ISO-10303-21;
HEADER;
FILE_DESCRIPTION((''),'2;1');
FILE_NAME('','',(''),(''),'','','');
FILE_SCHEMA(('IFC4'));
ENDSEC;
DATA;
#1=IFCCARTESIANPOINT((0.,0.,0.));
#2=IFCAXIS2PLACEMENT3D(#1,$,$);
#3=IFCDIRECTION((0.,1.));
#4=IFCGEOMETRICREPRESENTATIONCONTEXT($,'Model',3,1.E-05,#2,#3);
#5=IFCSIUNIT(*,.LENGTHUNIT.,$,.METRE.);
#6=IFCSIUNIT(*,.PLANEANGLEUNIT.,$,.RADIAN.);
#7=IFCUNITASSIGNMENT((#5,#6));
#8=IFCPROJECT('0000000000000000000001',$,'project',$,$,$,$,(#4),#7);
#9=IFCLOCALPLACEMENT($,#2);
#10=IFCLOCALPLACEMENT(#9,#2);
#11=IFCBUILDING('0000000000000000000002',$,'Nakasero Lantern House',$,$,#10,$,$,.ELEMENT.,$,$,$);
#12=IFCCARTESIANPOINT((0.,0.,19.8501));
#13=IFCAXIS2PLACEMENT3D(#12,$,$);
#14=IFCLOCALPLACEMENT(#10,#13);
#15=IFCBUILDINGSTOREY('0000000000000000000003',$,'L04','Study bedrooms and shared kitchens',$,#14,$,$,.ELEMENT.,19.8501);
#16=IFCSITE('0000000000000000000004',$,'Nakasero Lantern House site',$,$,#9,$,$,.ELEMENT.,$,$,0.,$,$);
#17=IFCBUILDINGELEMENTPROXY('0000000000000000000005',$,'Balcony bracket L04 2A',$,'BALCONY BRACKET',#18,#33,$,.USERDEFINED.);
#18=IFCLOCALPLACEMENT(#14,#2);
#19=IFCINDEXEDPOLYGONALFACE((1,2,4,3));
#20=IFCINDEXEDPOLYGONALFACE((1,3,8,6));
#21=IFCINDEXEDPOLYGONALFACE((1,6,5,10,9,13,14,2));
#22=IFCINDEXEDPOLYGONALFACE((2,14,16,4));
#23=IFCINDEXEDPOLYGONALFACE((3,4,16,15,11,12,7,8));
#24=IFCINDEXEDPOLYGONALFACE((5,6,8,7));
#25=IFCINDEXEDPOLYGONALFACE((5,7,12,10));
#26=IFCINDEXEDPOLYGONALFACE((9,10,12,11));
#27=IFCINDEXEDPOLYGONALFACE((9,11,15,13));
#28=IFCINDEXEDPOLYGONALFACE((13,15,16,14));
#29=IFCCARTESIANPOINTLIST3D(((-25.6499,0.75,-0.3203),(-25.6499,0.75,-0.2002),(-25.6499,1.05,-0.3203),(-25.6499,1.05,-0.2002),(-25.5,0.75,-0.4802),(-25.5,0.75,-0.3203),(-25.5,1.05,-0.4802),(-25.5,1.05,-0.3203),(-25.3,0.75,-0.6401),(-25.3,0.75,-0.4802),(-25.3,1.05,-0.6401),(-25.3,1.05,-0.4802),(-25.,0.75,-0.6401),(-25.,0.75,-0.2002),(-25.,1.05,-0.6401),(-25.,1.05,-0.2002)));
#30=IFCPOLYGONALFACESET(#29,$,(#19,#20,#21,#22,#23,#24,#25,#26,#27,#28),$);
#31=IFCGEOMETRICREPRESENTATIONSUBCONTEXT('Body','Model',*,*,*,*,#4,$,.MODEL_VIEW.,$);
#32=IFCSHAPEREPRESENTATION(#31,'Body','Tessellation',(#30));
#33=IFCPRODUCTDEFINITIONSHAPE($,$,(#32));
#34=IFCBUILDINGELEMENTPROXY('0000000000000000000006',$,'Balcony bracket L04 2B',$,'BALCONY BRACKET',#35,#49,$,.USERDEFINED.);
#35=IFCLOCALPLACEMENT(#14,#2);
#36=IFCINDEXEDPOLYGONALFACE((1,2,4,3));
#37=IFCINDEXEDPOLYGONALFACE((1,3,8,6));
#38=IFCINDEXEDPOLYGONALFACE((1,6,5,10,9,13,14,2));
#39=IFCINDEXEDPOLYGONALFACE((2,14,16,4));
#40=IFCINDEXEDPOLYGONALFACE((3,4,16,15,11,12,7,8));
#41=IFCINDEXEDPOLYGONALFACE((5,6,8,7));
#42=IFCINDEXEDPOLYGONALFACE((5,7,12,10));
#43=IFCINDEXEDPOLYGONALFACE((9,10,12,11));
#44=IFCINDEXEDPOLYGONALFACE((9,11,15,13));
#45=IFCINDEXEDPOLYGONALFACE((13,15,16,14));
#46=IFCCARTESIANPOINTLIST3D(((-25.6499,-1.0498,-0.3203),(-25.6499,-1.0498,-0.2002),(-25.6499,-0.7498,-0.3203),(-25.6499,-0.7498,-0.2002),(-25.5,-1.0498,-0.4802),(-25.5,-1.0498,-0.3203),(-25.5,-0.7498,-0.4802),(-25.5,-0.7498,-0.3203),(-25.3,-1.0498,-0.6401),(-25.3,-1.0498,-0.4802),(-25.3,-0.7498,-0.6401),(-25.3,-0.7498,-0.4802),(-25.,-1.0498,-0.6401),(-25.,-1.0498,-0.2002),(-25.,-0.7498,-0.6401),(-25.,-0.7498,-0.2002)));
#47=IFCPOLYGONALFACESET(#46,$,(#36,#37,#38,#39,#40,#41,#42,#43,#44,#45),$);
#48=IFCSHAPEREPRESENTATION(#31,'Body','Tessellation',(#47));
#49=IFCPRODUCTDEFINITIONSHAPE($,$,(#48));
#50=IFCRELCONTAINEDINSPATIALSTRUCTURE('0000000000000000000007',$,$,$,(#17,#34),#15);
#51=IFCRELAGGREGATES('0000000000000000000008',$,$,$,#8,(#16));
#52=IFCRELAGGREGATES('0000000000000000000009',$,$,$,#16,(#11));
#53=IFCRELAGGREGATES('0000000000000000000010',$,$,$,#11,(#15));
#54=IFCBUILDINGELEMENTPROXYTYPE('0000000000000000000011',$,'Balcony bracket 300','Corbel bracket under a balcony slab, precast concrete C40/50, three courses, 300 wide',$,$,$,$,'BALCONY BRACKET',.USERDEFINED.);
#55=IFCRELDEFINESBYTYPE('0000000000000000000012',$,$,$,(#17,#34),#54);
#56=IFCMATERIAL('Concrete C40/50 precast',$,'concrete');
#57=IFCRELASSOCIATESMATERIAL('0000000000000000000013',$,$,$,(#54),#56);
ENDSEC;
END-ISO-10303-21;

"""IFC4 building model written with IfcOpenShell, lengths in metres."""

from ifc_helpers import new_model, si_unit, direction, frame, origin, place, context, subcontext, project, spatial, polyline, outline, extrude, material, type_object, element, save


model = new_model("IFC4")

# Units and contexts
model_context = context("Model", 3, precision=1e-05, world=origin(), true_north=direction((0.0, 1.0)))
body_context = subcontext(model_context, "Body", "Model", "MODEL_VIEW")
ifc_project = project(units=[si_unit("LENGTHUNIT", "METRE"), si_unit("PLANEANGLEUNIT", "RADIAN")], contexts=[model_context])

# Site, building, storey
site_placement = place(None, origin())
site = spatial("IfcSite", under=ifc_project, at=site_placement, Name="Nakasero Lantern House site", CompositionType="ELEMENT", RefElevation=0.0)
building_placement = place(site_placement, origin())
building = spatial("IfcBuilding", under=site, at=building_placement, Name="Nakasero Lantern House", CompositionType="ELEMENT")
storey_placement = place(building_placement, frame((0.0, 0.0, 19.8501)))
storey = spatial("IfcBuildingStorey", under=building, at=storey_placement, Name="L04", Description="Study bedrooms and shared kitchens", CompositionType="ELEMENT", Elevation=19.8501)

# Building element proxies
ifc_material_1 = material(Name="Concrete C40/50 precast", Category="concrete")
building_element_proxy_type = type_object("IfcBuildingElementProxyType", Name="Balcony bracket 300", Description="Corbel bracket under a balcony slab, precast concrete C40/50, three courses, 300 wide", ElementType="BALCONY BRACKET", PredefinedType="USERDEFINED", material=ifc_material_1)
for number, where, z_axis, x_axis, name in (
    (1, (-25.0, 0.8999, -0.2002), (0.0, 0.0, 1.0), (-1.0, 0.0, 0.0), "Balcony bracket L04 2A"),
    (2, (-25.0, -0.8999, -0.2002), (0.0, 0.0, 1.0), (-1.0, 0.0, 0.0), "Balcony bracket L04 2B"),
):
    element("IfcBuildingElementProxy", number, at=place(storey_placement, frame(where, z_axis=z_axis, x_axis=x_axis)), inside=storey, type_object=building_element_proxy_type, Name=name, ObjectType="BALCONY BRACKET", PredefinedType="USERDEFINED", context=body_context, shape_type="SweptSolid", body=[
        extrude(outline(polyline([(0.0, 0.0), (0.6499, 0.0), (0.6499, -0.1201), (0.5, -0.1201), (0.5, -0.28), (0.3, -0.28), (0.3, -0.4399), (0.0, -0.4399), (0.0, 0.0)])), frame((0.0, 0.1499, 0.0), z_axis=(0.0, -1.0, 0.0), x_axis=(1.0, 0.0, 0.0)), (0.0, 0.0, 1.0), 0.3),
    ])

save(model, "model.ifc")
